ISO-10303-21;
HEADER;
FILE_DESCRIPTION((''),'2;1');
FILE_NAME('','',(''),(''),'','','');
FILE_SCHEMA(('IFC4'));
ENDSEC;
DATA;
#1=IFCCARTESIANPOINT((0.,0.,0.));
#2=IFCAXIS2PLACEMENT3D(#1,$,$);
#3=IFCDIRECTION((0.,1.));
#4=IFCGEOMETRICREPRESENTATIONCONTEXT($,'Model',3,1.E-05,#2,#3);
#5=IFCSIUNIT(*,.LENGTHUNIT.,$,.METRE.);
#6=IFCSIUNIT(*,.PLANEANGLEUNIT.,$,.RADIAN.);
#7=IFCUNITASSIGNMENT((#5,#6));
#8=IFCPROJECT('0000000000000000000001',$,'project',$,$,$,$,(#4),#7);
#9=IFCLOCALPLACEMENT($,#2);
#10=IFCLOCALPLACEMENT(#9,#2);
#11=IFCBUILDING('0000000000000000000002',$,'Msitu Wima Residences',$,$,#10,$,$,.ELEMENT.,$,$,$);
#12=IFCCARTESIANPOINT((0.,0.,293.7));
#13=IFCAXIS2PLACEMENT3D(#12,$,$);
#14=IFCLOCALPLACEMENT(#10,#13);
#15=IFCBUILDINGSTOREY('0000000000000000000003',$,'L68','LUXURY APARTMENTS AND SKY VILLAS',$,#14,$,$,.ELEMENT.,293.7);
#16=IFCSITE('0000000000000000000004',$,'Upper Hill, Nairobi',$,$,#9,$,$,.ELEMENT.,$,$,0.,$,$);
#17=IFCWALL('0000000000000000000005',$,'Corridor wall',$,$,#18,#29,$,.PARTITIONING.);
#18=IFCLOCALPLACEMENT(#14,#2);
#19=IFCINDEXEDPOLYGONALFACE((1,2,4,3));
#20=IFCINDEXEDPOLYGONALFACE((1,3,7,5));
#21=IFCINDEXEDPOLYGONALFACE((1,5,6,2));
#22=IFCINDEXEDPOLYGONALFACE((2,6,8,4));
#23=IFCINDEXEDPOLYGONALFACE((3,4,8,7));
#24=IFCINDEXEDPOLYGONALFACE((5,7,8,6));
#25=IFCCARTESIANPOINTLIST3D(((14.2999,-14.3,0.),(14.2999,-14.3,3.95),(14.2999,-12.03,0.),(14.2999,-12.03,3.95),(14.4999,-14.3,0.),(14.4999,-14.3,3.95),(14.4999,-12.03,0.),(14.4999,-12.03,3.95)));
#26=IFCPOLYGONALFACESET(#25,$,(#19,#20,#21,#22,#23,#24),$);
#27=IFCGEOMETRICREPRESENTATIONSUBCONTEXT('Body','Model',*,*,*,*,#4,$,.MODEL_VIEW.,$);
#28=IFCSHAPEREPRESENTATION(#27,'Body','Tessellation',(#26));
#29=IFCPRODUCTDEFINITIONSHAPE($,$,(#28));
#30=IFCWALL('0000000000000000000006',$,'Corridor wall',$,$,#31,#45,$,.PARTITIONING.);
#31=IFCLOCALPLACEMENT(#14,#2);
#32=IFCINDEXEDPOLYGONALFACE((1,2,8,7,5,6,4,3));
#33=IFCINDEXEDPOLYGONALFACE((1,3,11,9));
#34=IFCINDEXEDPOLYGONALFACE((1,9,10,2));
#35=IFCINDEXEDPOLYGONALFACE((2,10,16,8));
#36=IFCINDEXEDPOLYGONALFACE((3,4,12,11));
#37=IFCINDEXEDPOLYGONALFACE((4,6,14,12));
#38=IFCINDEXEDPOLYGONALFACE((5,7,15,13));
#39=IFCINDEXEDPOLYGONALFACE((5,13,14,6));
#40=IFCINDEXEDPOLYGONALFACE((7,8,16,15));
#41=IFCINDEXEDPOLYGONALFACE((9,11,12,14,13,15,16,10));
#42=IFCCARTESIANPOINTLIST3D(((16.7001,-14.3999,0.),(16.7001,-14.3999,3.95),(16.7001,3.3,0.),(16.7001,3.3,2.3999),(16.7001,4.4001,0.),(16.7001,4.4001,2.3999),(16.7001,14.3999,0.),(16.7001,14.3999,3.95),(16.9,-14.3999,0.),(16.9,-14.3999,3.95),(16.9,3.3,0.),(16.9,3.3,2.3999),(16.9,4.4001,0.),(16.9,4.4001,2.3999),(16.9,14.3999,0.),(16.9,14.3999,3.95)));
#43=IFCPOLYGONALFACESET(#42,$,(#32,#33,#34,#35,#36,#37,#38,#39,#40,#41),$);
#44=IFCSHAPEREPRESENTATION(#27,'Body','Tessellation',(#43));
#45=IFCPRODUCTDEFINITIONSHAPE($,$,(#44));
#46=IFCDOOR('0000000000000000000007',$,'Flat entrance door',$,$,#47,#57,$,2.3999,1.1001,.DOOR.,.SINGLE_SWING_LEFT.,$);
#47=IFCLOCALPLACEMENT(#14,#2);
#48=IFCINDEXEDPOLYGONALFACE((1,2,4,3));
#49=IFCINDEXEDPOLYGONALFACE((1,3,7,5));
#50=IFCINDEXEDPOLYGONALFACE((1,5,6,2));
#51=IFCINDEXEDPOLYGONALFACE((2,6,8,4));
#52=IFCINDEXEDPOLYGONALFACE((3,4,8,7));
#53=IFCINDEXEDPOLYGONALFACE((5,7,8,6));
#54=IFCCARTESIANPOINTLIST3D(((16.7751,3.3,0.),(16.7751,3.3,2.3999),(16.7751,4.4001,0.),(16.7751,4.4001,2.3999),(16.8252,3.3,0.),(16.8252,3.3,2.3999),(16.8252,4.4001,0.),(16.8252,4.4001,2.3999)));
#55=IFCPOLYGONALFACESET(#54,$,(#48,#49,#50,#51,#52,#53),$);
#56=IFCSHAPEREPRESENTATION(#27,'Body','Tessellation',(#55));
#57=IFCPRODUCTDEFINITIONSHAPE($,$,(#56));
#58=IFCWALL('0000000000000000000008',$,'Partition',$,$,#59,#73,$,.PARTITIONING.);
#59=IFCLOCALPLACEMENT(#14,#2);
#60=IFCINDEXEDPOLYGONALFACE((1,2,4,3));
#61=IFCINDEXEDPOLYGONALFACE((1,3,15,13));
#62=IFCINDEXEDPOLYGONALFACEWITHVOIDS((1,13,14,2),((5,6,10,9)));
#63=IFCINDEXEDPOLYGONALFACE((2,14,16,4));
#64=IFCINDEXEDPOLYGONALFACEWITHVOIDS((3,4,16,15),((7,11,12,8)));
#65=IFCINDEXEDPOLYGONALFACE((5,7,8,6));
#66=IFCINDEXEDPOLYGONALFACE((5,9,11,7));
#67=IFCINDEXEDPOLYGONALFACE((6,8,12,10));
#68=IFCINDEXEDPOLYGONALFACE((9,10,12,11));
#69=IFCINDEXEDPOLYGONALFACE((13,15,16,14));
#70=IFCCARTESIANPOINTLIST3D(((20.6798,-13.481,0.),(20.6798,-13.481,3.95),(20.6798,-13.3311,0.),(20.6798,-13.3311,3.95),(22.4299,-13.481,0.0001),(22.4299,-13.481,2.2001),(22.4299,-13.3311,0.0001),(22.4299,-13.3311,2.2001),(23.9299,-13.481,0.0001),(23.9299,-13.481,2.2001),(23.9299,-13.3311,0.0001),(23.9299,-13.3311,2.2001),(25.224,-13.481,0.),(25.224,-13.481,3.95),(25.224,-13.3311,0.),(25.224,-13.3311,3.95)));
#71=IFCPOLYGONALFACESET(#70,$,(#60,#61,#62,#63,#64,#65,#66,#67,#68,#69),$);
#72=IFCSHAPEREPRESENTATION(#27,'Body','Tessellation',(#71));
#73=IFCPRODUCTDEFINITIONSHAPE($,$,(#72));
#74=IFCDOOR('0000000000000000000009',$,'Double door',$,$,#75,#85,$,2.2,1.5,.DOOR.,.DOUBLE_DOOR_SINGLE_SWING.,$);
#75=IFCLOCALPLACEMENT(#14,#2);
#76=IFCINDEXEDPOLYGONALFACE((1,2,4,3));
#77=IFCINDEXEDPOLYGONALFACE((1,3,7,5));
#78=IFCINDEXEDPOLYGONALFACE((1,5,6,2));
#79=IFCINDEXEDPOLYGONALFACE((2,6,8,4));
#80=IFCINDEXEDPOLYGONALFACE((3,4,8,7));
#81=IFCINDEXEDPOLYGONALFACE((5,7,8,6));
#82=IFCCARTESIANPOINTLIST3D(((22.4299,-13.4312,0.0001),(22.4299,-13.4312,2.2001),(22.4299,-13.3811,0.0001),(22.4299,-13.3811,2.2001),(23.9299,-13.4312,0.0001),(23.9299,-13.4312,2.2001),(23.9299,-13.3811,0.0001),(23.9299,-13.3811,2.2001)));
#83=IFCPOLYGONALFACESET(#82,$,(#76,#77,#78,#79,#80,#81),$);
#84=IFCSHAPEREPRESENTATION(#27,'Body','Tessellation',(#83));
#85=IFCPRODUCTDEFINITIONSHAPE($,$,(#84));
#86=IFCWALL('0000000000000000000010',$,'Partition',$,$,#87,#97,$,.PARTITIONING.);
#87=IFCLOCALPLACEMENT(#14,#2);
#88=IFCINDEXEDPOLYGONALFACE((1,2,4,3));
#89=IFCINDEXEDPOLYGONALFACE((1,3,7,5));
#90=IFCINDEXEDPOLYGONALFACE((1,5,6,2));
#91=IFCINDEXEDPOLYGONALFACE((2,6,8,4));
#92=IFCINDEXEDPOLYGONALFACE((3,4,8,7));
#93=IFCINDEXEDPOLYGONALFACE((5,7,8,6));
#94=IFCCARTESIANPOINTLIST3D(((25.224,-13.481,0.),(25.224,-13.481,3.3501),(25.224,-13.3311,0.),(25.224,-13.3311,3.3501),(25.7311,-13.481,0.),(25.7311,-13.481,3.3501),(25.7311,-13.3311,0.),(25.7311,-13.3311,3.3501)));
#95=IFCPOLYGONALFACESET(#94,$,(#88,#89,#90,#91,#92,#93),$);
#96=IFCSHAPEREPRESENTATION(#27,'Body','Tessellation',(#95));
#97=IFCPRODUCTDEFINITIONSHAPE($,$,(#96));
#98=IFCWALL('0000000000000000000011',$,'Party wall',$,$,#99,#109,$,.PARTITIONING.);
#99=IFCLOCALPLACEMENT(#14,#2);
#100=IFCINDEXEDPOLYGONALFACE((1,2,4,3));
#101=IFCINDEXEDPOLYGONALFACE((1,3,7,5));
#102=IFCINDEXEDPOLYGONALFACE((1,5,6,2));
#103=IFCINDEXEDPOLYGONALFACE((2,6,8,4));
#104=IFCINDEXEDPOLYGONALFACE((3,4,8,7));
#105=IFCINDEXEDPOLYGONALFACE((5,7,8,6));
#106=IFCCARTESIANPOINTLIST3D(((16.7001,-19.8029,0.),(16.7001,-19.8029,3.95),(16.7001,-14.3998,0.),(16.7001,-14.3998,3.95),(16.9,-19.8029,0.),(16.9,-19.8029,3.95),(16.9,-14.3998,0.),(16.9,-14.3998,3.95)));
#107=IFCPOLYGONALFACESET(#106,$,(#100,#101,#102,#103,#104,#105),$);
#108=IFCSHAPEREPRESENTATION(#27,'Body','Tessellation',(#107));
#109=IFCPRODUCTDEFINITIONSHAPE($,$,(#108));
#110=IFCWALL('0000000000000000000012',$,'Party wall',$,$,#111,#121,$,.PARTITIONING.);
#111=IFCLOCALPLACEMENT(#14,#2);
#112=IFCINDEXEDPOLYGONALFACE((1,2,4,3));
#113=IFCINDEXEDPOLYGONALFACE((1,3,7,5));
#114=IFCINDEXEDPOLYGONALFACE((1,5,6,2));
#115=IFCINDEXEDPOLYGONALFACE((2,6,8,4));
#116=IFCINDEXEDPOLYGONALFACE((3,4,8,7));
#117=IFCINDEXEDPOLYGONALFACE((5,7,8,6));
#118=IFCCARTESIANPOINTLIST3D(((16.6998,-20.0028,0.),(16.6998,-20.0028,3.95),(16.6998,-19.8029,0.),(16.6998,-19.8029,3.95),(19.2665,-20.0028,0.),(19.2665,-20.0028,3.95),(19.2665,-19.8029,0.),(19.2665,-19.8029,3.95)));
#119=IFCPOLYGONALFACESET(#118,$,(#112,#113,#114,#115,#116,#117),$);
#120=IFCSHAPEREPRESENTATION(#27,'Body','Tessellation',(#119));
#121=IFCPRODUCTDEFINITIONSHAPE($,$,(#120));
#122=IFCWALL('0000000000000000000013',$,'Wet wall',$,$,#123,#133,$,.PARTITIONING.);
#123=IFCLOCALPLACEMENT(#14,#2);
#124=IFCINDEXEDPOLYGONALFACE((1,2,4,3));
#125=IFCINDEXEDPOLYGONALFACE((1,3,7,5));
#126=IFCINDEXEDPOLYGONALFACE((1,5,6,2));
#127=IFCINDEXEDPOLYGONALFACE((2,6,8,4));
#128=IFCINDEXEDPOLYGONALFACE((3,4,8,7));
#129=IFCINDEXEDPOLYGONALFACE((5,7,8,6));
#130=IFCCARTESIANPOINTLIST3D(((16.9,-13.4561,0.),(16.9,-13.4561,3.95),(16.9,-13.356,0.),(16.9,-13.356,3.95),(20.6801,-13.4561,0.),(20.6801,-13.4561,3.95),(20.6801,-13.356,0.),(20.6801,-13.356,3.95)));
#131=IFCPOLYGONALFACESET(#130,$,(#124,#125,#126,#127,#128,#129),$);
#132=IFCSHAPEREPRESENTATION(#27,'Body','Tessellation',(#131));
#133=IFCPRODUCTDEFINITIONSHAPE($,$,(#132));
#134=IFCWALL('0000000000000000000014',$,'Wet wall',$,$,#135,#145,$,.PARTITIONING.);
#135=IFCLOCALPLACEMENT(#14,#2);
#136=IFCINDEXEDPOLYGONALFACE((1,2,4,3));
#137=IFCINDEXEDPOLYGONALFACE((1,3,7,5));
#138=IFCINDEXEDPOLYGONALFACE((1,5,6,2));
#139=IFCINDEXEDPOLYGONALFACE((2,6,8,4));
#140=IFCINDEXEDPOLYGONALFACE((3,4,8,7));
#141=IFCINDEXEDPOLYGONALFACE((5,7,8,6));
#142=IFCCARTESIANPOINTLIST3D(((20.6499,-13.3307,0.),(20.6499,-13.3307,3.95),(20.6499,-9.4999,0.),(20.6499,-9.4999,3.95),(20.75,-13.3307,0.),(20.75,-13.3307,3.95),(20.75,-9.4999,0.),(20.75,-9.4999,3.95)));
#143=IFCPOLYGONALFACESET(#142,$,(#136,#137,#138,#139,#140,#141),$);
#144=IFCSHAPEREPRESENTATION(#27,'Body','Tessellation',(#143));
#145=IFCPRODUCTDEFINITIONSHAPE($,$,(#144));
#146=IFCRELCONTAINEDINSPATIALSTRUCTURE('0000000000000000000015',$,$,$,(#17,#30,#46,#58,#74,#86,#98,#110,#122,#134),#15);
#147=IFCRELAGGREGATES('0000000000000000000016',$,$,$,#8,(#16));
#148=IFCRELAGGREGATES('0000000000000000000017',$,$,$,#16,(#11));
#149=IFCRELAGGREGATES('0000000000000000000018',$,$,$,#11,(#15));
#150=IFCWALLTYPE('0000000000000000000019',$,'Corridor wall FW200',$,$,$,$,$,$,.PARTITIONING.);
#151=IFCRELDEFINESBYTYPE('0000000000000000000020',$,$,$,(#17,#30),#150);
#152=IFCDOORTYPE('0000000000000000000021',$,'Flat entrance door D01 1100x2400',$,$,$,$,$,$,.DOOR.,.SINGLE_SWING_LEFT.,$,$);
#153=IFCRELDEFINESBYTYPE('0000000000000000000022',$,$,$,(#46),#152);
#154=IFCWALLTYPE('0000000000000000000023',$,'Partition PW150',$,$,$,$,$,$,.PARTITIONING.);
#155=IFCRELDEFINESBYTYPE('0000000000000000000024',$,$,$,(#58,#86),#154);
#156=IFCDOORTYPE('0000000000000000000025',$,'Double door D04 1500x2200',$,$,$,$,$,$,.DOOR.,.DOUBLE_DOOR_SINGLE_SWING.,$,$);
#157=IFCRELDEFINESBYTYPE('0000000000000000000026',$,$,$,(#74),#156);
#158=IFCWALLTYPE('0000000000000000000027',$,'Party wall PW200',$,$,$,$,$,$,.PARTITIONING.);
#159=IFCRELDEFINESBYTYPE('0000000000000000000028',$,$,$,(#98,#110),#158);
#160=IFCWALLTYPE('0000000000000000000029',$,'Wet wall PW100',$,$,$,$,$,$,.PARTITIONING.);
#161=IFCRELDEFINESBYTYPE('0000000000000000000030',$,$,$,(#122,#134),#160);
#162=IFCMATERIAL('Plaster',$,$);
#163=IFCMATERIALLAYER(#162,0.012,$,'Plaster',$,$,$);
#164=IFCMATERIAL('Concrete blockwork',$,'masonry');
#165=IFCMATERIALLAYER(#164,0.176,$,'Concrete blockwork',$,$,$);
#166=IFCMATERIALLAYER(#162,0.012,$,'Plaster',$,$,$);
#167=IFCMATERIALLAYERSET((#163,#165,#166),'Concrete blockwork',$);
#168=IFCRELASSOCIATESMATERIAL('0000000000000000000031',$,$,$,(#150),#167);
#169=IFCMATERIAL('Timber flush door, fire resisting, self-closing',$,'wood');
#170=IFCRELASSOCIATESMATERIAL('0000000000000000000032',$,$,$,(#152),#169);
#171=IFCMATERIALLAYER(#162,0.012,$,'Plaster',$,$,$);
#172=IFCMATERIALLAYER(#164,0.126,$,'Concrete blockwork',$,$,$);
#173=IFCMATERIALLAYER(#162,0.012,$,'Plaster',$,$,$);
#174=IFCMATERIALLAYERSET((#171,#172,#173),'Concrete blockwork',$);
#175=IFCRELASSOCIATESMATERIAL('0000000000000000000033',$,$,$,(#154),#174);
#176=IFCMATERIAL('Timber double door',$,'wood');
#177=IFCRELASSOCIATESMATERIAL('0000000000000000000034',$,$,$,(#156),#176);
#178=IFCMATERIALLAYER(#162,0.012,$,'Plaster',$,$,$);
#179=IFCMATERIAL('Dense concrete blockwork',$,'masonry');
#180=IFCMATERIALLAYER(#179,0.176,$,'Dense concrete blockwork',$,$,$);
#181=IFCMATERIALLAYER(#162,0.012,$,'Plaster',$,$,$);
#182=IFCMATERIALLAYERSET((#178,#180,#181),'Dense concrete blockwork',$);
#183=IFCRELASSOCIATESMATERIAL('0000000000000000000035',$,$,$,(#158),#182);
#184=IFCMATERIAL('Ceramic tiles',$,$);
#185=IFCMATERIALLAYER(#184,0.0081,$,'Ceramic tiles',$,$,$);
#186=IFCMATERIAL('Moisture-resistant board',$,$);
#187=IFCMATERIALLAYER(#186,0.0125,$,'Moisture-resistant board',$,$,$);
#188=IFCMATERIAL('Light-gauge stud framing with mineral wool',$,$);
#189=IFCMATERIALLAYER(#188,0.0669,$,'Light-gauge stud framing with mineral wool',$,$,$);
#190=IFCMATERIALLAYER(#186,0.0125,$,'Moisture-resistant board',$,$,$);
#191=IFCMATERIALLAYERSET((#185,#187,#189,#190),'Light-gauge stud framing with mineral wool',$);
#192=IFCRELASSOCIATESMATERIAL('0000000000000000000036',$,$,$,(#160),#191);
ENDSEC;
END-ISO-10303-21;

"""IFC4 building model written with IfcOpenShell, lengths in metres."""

from ifc_helpers import new_model, si_unit, direction, frame, frame_2d, origin, place, context, subcontext, project, spatial, rectangle, extrude, material, layer, layer_set, type_object, element, fill, save


model = new_model("IFC4")

# Units and contexts
model_context = context("Model", 3, precision=1e-05, world=origin(), true_north=direction((0.0, 1.0)))
body_context = subcontext(model_context, "Body", "Model", "MODEL_VIEW")
ifc_project = project(units=[si_unit("LENGTHUNIT", "METRE"), si_unit("PLANEANGLEUNIT", "RADIAN")], contexts=[model_context])

# Site, building, storey
site_placement = place(None, origin())
site = spatial("IfcSite", under=ifc_project, at=site_placement, Name="Upper Hill, Nairobi", CompositionType="ELEMENT", RefElevation=0.0)
building_placement = place(site_placement, origin())
building = spatial("IfcBuilding", under=site, at=building_placement, Name="Msitu Wima Residences", CompositionType="ELEMENT")
storey_placement = place(building_placement, frame((0.0, 0.0, 293.7)))
storey = spatial("IfcBuildingStorey", under=building, at=storey_placement, Name="L68", Description="LUXURY APARTMENTS AND SKY VILLAS", CompositionType="ELEMENT", Elevation=293.7)

# Wall
ifc_material_1 = material(Name="Plaster")
ifc_layer_1 = layer(ifc_material_1, 0.012, Name="Plaster")
ifc_material_2 = material(Name="Concrete blockwork", Category="masonry")
ifc_layer_2 = layer(ifc_material_2, 0.176, Name="Concrete blockwork")
ifc_layer_3 = layer(ifc_material_1, 0.012, Name="Plaster")
ifc_layer_set_1 = layer_set([ifc_layer_1, ifc_layer_2, ifc_layer_3], Name="Concrete blockwork")
wall_type_1 = type_object("IfcWallType", Name="Corridor wall FW200", PredefinedType="PARTITIONING", material=ifc_layer_set_1)
wall_1_placement = place(storey_placement, frame((14.3999, -14.3, 0.0), z_axis=(0.0, 0.0, 1.0), x_axis=(0.0, 1.0, 0.0)))
element("IfcWall", 1, at=wall_1_placement, inside=storey, type_object=wall_type_1, Name="Corridor wall", PredefinedType="PARTITIONING", context=body_context, shape_type="SweptSolid", body=[
    extrude(rectangle(XDim=2.27, YDim=0.2, at=frame_2d((1.135, 0.0))), origin(), (0.0, 0.0, 1.0), 3.95),
])

# Walls, openings, doors
wall_2_placement = place(storey_placement, frame((16.8, -14.3999, 0.0), z_axis=(0.0, 0.0, 1.0), x_axis=(0.0, 1.0, 0.0)))
wall_2 = element("IfcWall", 2, at=wall_2_placement, inside=storey, type_object=wall_type_1, Name="Corridor wall", PredefinedType="PARTITIONING", context=body_context, shape_type="SweptSolid", body=[
    extrude(rectangle(XDim=28.7998, YDim=0.2, at=frame_2d((14.3999, 0.0))), origin(), (0.0, 0.0, 1.0), 3.95),
])
opening_1_placement = place(wall_2_placement, frame((17.7, 0.0, 0.0)))
opening_1 = element("IfcOpeningElement", 3, at=opening_1_placement, cuts=wall_2, PredefinedType="OPENING", context=body_context, shape_type="SweptSolid", body=[
    extrude(rectangle(XDim=1.1001, YDim=2.3999, at=frame_2d((0.55, 1.2))), frame((0.0, 0.1099, 0.0), z_axis=(0.0, -1.0, 0.0), x_axis=(1.0, 0.0, 0.0)), (0.0, 0.0, 1.0), 0.22),
])
ifc_material_3 = material(Name="Timber flush door, fire resisting, self-closing", Category="wood")
door_type_1 = type_object("IfcDoorType", Name="Flat entrance door D01 1100x2400", OperationType="SINGLE_SWING_LEFT", PredefinedType="DOOR", material=ifc_material_3)
door_1_placement = place(opening_1_placement, origin())
door_1 = element("IfcDoor", 4, at=door_1_placement, inside=storey, type_object=door_type_1, Name="Flat entrance door", OperationType="SINGLE_SWING_LEFT", OverallHeight=2.3999, OverallWidth=1.1001, PredefinedType="DOOR", context=body_context, shape_type="SweptSolid", body=[
    extrude(rectangle(XDim=1.1001, YDim=2.3999, at=frame_2d((0.55, 1.2))), frame((0.0, 0.0249, 0.0), z_axis=(0.0, -1.0, 0.0), x_axis=(1.0, 0.0, 0.0)), (0.0, 0.0, 1.0), 0.05),
])
fill(opening_1, door_1)
ifc_layer_4 = layer(ifc_material_1, 0.012, Name="Plaster")
ifc_layer_5 = layer(ifc_material_2, 0.126, Name="Concrete blockwork")
ifc_layer_6 = layer(ifc_material_1, 0.012, Name="Plaster")
ifc_layer_set_2 = layer_set([ifc_layer_4, ifc_layer_5, ifc_layer_6], Name="Concrete blockwork")
wall_type_2 = type_object("IfcWallType", Name="Partition PW150", PredefinedType="PARTITIONING", material=ifc_layer_set_2)
wall_3_placement = place(storey_placement, frame((20.6799, -13.406, 0.0), z_axis=(0.0, 0.0, 1.0), x_axis=(1.0, 0.0, 0.0)))
wall_3 = element("IfcWall", 5, at=wall_3_placement, inside=storey, type_object=wall_type_2, Name="Partition", PredefinedType="PARTITIONING", context=body_context, shape_type="SweptSolid", body=[
    extrude(rectangle(XDim=4.5442, YDim=0.1499, at=frame_2d((2.272, 0.0))), origin(), (0.0, 0.0, 1.0), 3.95),
])
opening_2_placement = place(wall_3_placement, frame((1.75, 0.0, 0.0)))
opening_2 = element("IfcOpeningElement", 6, at=opening_2_placement, cuts=wall_3, PredefinedType="OPENING", context=body_context, shape_type="SweptSolid", body=[
    extrude(rectangle(XDim=1.5, YDim=2.2, at=frame_2d((0.75, 1.1001))), frame((0.0, 0.085, 0.0), z_axis=(0.0, -1.0, 0.0), x_axis=(1.0, 0.0, 0.0)), (0.0, 0.0, 1.0), 0.1699),
])
ifc_material_4 = material(Name="Timber double door", Category="wood")
door_type_2 = type_object("IfcDoorType", Name="Double door D04 1500x2200", OperationType="DOUBLE_DOOR_SINGLE_SWING", PredefinedType="DOOR", material=ifc_material_4)
door_2_placement = place(opening_2_placement, origin())
door_2 = element("IfcDoor", 7, at=door_2_placement, inside=storey, type_object=door_type_2, Name="Double door", OperationType="DOUBLE_DOOR_SINGLE_SWING", OverallHeight=2.2, OverallWidth=1.5, PredefinedType="DOOR", context=body_context, shape_type="SweptSolid", body=[
    extrude(rectangle(XDim=1.5, YDim=2.2, at=frame_2d((0.75, 1.1001))), frame((0.0, 0.0249, 0.0), z_axis=(0.0, -1.0, 0.0), x_axis=(1.0, 0.0, 0.0)), (0.0, 0.0, 1.0), 0.05),
])
fill(opening_2, door_2)

# Walls
wall_4_placement = place(storey_placement, frame((25.2241, -13.406, 0.0), z_axis=(0.0, 0.0, 1.0), x_axis=(1.0, 0.0, 0.0)))
element("IfcWall", 8, at=wall_4_placement, inside=storey, type_object=wall_type_2, Name="Partition", PredefinedType="PARTITIONING", context=body_context, shape_type="SweptSolid", body=[
    extrude(rectangle(XDim=0.5071, YDim=0.1499, at=frame_2d((0.2534, 0.0))), origin(), (0.0, 0.0, 1.0), 3.3501),
])
ifc_layer_7 = layer(ifc_material_1, 0.012, Name="Plaster")
ifc_material_5 = material(Name="Dense concrete blockwork", Category="masonry")
ifc_layer_8 = layer(ifc_material_5, 0.176, Name="Dense concrete blockwork")
ifc_layer_9 = layer(ifc_material_1, 0.012, Name="Plaster")
ifc_layer_set_3 = layer_set([ifc_layer_7, ifc_layer_8, ifc_layer_9], Name="Dense concrete blockwork")
wall_type_3 = type_object("IfcWallType", Name="Party wall PW200", PredefinedType="PARTITIONING", material=ifc_layer_set_3)
wall_5_placement = place(storey_placement, frame((16.8, -19.803, 0.0), z_axis=(0.0, 0.0, 1.0), x_axis=(0.0, 1.0, 0.0)))
element("IfcWall", 9, at=wall_5_placement, inside=storey, type_object=wall_type_3, Name="Party wall", PredefinedType="PARTITIONING", context=body_context, shape_type="SweptSolid", body=[
    extrude(rectangle(XDim=5.4031, YDim=0.2, at=frame_2d((2.7017, 0.0))), origin(), (0.0, 0.0, 1.0), 3.95),
])
wall_6_placement = place(storey_placement, frame((16.7, -19.9028, 0.0), z_axis=(0.0, 0.0, 1.0), x_axis=(1.0, 0.0, 0.0)))
element("IfcWall", 10, at=wall_6_placement, inside=storey, type_object=wall_type_3, Name="Party wall", PredefinedType="PARTITIONING", context=body_context, shape_type="SweptSolid", body=[
    extrude(rectangle(XDim=2.5667, YDim=0.2, at=frame_2d((1.2832, 0.0))), origin(), (0.0, 0.0, 1.0), 3.95),
])
ifc_material_6 = material(Name="Ceramic tiles")
ifc_layer_10 = layer(ifc_material_6, 0.0081, Name="Ceramic tiles")
ifc_material_7 = material(Name="Moisture-resistant board")
ifc_layer_11 = layer(ifc_material_7, 0.0125, Name="Moisture-resistant board")
ifc_material_8 = material(Name="Light-gauge stud framing with mineral wool")
ifc_layer_12 = layer(ifc_material_8, 0.0669, Name="Light-gauge stud framing with mineral wool")
ifc_layer_13 = layer(ifc_material_7, 0.0125, Name="Moisture-resistant board")
ifc_layer_set_4 = layer_set([ifc_layer_10, ifc_layer_11, ifc_layer_12, ifc_layer_13], Name="Light-gauge stud framing with mineral wool")
wall_type_4 = type_object("IfcWallType", Name="Wet wall PW100", PredefinedType="PARTITIONING", material=ifc_layer_set_4)
wall_7_placement = place(storey_placement, frame((16.8999, -13.406, 0.0), z_axis=(0.0, 0.0, 1.0), x_axis=(1.0, 0.0, 0.0)))
element("IfcWall", 11, at=wall_7_placement, inside=storey, type_object=wall_type_4, Name="Wet wall", PredefinedType="PARTITIONING", context=body_context, shape_type="SweptSolid", body=[
    extrude(rectangle(XDim=3.78, YDim=0.1001, at=frame_2d((1.8901, 0.0))), origin(), (0.0, 0.0, 1.0), 3.95),
])
wall_8_placement = place(storey_placement, frame((20.7, -13.3308, 0.0), z_axis=(0.0, 0.0, 1.0), x_axis=(0.0, 1.0, 0.0)))
element("IfcWall", 12, at=wall_8_placement, inside=storey, type_object=wall_type_4, Name="Wet wall", PredefinedType="PARTITIONING", context=body_context, shape_type="SweptSolid", body=[
    extrude(rectangle(XDim=3.8308, YDim=0.1001, at=frame_2d((1.9155, 0.0))), origin(), (0.0, 0.0, 1.0), 3.95),
])

save(model, "model.ifc")
